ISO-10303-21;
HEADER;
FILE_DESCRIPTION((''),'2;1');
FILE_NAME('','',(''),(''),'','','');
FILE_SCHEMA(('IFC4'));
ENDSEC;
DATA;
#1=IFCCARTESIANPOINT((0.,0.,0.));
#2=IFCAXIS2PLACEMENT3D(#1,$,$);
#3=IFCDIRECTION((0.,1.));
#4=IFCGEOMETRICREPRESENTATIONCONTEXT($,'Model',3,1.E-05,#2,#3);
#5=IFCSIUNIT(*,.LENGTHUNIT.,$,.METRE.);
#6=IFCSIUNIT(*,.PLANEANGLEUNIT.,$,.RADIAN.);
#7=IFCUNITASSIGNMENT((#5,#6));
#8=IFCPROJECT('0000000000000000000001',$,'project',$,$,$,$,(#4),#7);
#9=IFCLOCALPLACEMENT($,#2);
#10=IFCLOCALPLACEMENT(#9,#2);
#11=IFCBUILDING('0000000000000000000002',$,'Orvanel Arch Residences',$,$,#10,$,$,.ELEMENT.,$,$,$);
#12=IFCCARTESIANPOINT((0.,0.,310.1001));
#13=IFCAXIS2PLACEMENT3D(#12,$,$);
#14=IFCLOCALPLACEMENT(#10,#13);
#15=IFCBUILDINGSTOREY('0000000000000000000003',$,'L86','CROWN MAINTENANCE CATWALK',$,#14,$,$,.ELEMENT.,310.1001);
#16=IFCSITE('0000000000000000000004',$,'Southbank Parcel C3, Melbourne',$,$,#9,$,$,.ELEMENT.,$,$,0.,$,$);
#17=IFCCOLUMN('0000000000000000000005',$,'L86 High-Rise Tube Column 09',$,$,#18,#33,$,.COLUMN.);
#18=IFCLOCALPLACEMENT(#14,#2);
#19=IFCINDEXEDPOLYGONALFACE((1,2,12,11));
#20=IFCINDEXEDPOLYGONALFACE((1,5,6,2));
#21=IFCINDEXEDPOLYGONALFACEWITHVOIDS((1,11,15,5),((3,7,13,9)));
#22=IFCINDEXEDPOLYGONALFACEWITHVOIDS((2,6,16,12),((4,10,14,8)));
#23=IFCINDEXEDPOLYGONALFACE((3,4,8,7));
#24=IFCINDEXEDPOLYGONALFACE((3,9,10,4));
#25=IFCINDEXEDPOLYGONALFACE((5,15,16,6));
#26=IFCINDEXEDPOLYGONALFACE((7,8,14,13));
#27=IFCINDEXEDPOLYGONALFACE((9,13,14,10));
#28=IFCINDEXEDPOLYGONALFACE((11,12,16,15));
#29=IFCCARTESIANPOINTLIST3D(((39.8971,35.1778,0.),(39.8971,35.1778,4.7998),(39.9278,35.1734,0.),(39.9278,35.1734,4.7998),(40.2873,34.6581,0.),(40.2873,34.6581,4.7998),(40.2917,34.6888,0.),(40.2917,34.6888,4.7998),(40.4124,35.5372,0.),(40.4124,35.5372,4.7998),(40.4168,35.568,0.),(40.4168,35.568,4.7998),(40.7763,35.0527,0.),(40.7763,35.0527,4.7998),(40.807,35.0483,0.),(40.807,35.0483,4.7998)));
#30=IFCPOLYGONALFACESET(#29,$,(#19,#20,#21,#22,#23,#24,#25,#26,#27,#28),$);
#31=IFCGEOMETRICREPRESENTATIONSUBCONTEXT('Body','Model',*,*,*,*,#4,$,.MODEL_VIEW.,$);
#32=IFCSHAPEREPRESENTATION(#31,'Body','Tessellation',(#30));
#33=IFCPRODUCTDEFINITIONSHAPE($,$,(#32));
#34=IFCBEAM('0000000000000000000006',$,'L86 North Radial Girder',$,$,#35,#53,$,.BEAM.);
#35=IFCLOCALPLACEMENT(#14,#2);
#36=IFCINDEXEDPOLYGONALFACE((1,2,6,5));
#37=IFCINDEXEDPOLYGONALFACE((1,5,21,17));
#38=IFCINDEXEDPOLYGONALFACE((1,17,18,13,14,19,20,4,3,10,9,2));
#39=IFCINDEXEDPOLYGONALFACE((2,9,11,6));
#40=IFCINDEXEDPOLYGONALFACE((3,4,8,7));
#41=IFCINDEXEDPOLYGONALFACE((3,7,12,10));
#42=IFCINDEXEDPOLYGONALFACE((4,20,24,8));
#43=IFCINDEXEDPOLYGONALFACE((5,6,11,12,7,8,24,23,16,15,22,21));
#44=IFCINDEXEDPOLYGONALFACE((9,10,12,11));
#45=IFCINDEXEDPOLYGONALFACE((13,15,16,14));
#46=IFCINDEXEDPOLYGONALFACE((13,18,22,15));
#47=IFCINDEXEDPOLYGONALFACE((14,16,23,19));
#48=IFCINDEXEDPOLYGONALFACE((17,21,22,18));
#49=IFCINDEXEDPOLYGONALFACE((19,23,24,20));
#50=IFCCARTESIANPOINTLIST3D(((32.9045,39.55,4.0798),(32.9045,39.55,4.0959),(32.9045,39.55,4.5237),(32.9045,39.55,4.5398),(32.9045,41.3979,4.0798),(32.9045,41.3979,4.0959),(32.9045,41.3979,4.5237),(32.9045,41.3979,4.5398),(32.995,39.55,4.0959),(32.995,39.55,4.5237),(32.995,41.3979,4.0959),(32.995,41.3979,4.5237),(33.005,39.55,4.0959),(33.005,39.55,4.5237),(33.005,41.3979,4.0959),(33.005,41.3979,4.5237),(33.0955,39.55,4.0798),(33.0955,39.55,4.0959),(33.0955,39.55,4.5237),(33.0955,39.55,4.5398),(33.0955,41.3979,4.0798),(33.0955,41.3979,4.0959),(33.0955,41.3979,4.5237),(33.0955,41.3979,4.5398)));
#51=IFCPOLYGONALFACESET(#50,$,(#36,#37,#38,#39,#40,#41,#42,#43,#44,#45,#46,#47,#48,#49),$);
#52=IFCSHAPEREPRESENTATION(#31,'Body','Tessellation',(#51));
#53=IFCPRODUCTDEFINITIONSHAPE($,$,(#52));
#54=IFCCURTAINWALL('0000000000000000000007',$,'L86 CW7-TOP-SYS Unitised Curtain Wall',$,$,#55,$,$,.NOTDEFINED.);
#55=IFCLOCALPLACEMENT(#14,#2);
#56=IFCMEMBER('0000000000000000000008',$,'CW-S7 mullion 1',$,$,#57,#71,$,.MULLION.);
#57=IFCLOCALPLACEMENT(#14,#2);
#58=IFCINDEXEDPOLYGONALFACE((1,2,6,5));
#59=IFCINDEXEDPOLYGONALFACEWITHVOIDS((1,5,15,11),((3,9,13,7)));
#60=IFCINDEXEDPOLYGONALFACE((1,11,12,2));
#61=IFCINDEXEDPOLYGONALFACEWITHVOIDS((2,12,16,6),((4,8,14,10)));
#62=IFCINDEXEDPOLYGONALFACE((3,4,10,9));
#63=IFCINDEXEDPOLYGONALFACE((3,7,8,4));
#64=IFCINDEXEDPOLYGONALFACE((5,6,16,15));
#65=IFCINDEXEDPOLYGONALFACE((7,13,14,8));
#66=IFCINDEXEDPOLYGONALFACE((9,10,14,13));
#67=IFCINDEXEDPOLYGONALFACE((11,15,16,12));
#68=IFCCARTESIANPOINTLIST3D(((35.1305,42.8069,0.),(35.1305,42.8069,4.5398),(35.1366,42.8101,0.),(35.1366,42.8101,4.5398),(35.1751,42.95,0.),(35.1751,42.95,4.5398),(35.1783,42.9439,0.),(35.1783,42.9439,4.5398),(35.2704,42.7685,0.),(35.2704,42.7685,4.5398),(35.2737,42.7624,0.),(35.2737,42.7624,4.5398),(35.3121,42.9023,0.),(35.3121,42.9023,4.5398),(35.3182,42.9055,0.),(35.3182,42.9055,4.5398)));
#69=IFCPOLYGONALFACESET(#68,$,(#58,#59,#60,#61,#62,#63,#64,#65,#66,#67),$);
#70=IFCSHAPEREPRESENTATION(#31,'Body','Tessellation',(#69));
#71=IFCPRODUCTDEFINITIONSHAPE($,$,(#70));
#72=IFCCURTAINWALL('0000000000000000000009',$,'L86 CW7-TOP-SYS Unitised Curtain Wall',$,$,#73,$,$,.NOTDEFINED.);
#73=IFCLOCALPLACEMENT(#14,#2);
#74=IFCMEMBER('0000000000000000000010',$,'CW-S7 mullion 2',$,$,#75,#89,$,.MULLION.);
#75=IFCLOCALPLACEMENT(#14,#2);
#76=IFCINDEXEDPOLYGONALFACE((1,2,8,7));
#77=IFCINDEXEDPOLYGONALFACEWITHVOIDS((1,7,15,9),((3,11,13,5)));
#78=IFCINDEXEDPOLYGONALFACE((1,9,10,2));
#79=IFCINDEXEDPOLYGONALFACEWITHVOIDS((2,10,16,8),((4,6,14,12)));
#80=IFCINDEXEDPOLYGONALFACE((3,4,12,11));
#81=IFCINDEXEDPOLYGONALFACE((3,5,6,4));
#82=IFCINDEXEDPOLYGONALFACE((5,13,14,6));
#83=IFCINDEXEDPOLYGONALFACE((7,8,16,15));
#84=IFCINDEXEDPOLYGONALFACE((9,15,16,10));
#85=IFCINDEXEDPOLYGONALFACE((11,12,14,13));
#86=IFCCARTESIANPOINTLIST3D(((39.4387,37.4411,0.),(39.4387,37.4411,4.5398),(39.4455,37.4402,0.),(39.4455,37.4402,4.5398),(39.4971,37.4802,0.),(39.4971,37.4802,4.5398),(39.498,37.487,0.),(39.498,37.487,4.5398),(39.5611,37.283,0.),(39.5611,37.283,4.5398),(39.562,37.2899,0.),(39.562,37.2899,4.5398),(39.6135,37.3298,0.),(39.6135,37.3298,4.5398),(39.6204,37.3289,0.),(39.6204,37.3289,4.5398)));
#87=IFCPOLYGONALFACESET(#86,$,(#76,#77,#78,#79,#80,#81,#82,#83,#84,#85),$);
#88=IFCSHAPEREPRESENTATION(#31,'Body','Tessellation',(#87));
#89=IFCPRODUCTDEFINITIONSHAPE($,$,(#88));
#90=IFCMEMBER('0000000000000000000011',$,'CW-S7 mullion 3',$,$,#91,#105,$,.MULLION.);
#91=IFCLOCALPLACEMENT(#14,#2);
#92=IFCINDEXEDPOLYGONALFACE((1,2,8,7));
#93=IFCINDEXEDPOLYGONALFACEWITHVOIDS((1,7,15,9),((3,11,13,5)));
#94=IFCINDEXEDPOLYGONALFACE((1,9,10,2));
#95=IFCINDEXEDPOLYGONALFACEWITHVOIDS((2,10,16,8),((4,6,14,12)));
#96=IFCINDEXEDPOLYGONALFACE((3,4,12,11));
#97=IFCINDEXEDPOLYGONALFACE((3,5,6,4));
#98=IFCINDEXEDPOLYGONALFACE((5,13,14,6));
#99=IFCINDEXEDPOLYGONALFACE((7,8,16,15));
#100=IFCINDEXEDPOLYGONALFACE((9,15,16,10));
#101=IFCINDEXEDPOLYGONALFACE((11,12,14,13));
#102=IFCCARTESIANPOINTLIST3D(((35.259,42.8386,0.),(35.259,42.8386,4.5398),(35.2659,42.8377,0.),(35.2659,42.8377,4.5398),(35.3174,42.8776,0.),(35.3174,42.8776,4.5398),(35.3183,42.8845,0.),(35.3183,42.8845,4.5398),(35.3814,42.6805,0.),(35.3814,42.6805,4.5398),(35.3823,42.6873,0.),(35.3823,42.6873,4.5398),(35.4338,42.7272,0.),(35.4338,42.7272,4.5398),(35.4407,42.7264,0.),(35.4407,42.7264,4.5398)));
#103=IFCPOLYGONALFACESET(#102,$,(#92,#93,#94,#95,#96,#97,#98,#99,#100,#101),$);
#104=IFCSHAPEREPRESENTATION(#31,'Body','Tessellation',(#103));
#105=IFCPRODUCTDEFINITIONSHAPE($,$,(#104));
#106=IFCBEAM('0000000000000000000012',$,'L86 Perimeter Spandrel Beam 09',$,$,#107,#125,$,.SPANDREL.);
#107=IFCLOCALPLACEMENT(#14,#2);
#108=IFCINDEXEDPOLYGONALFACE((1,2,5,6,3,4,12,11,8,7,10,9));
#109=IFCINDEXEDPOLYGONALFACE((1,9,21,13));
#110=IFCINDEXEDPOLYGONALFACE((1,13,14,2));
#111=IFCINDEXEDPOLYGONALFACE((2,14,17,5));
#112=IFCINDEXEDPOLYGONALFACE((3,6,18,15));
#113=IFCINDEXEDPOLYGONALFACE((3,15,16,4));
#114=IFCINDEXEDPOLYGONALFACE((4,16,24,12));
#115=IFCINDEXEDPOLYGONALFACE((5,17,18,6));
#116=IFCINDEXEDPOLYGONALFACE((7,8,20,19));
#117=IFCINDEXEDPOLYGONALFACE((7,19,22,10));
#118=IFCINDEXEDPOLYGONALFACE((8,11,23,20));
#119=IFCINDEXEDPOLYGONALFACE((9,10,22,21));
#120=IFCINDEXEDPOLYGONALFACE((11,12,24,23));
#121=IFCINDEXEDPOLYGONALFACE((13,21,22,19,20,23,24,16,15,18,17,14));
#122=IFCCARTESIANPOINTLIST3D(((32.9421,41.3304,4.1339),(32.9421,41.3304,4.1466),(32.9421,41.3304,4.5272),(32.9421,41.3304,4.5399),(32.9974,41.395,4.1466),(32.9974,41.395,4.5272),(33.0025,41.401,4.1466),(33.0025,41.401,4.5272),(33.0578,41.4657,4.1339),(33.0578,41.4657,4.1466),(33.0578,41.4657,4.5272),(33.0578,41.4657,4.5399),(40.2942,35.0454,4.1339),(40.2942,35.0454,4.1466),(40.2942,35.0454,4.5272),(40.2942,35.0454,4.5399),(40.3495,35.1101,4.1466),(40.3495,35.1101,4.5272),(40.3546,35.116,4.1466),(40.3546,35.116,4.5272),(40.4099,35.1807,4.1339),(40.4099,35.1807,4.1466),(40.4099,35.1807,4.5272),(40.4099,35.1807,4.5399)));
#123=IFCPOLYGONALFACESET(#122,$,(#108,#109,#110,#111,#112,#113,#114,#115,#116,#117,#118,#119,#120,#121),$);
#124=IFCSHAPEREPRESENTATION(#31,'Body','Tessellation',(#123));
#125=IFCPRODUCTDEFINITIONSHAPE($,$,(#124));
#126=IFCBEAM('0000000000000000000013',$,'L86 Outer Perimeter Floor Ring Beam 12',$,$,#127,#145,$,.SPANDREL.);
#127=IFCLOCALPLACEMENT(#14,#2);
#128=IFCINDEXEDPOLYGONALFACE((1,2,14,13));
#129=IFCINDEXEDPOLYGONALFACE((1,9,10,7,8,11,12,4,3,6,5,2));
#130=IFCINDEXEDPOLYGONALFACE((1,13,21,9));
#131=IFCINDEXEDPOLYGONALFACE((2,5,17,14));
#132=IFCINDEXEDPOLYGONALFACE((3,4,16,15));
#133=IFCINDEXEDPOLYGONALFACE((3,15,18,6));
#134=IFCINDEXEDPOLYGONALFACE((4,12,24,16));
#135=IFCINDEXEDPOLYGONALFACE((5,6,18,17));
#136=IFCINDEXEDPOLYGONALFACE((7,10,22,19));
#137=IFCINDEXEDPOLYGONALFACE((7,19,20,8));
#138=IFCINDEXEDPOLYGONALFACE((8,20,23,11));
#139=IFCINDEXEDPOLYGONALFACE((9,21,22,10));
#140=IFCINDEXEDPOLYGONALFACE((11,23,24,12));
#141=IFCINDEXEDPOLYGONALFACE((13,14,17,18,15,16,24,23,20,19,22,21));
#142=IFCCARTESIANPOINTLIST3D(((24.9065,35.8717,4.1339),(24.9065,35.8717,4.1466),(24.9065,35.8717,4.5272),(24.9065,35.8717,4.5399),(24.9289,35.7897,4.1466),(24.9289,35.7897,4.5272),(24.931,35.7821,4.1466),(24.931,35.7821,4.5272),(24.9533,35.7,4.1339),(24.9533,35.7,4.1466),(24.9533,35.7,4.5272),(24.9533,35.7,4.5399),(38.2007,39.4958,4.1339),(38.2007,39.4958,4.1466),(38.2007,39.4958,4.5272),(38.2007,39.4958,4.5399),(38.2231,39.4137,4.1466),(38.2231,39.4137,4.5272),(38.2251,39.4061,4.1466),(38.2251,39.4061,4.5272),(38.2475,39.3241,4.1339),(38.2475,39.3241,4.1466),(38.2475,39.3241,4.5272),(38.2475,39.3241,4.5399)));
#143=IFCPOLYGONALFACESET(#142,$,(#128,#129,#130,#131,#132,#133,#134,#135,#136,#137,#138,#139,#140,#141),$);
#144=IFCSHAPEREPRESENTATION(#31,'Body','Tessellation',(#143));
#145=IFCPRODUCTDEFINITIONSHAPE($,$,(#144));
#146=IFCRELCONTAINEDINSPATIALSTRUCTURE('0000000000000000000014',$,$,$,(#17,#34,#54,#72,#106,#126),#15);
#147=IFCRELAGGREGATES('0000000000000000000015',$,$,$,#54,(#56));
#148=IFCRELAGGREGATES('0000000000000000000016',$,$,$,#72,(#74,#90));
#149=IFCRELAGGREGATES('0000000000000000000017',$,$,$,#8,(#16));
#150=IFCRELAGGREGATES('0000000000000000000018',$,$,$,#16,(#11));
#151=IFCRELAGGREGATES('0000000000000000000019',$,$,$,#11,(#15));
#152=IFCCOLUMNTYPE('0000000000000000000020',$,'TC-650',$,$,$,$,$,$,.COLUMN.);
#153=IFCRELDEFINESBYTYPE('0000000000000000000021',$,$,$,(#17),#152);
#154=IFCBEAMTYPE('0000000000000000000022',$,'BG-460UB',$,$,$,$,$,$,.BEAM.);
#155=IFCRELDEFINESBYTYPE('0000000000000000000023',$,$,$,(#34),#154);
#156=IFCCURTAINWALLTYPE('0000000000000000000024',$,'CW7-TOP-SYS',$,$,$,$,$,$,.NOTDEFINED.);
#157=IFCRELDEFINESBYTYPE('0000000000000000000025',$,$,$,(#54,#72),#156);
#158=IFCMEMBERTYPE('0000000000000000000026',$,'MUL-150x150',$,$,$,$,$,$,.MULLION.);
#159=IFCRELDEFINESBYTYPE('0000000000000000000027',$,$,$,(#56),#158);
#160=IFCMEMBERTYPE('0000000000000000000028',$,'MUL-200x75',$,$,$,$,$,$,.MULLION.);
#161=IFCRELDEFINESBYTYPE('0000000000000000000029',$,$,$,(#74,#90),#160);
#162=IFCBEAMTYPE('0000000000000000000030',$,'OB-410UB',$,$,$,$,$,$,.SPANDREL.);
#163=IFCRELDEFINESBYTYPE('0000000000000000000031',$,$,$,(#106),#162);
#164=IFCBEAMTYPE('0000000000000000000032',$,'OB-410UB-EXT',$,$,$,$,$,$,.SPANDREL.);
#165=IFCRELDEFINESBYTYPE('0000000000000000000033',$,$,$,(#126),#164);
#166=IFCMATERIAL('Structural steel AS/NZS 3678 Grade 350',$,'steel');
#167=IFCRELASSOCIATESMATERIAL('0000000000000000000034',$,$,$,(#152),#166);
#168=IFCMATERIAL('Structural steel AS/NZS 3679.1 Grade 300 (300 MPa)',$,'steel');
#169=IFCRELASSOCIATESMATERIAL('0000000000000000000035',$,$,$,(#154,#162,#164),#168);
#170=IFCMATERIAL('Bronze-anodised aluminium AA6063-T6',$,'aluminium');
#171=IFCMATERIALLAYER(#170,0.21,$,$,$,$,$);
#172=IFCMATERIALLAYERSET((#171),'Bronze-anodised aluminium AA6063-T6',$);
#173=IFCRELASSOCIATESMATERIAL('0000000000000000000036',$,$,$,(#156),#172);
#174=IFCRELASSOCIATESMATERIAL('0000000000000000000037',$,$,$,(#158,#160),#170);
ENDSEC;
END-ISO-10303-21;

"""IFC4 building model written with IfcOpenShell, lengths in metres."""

from ifc_helpers import new_model, si_unit, direction, frame, origin, origin_2d, place, context, subcontext, project, spatial, hollow_rectangle, i_section, extrude, material, layer, layer_set, material_profile, profile_set, type_object, element, aggregate, save


model = new_model("IFC4")

# Units and contexts
model_context = context("Model", 3, precision=1e-05, world=origin(), true_north=direction((0.0, 1.0)))
body_context = subcontext(model_context, "Body", "Model", "MODEL_VIEW")
ifc_project = project(units=[si_unit("LENGTHUNIT", "METRE"), si_unit("PLANEANGLEUNIT", "RADIAN")], contexts=[model_context])

# Site, building, storey
site_placement = place(None, origin())
site = spatial("IfcSite", under=ifc_project, at=site_placement, Name="Southbank Parcel C3, Melbourne", CompositionType="ELEMENT", RefElevation=0.0)
building_placement = place(site_placement, origin())
building = spatial("IfcBuilding", under=site, at=building_placement, Name="Orvanel Arch Residences", CompositionType="ELEMENT")
storey_placement = place(building_placement, frame((0.0, 0.0, 310.1001)))
storey = spatial("IfcBuildingStorey", under=building, at=storey_placement, Name="L86", Description="CROWN MAINTENANCE CATWALK", CompositionType="ELEMENT", Elevation=310.1001)

# Column
ifc_material_1 = material(Name="Structural steel AS/NZS 3678 Grade 350", Category="steel")
ifc_material_profile_1 = material_profile(ifc_material_1, hollow_rectangle(XDim=0.6499, YDim=0.6499, WallThickness=0.022, at=origin_2d()), Name="BOX650x650x22")
ifc_profile_set_1 = profile_set([ifc_material_profile_1], Name="Structural steel AS/NZS 3678 Grade 350")
column_type = type_object("IfcColumnType", Name="TC-650", PredefinedType="COLUMN", material=ifc_profile_set_1)
column_placement = place(storey_placement, frame((40.3521, 35.113, 0.0), z_axis=(0.0, 0.0, 1.0), x_axis=(-0.60042, 0.799685, 0.0)))
element("IfcColumn", 1, at=column_placement, inside=storey, type_object=column_type, Name="L86 High-Rise Tube Column 09", PredefinedType="COLUMN", context=body_context, shape_type="SweptSolid", body=[
    extrude(hollow_rectangle(XDim=0.6499, YDim=0.6499, WallThickness=0.022, at=origin_2d()), origin(), (0.0, 0.0, 1.0), 4.7998),
])

# Beam
ifc_material_2 = material(Name="Structural steel AS/NZS 3679.1 Grade 300 (300 MPa)", Category="steel")
ifc_material_profile_2 = material_profile(ifc_material_2, i_section(OverallWidth=0.1909, OverallDepth=0.46, WebThickness=0.01, FlangeThickness=0.0161, at=origin_2d()), Name="460UB82.1")
ifc_profile_set_2 = profile_set([ifc_material_profile_2], Name="Structural steel AS/NZS 3679.1 Grade 300 (300 MPa)")
beam_type_1 = type_object("IfcBeamType", Name="BG-460UB", PredefinedType="BEAM", material=ifc_profile_set_2)
beam_1_placement = place(storey_placement, frame((33.0, 39.55, 4.3098), z_axis=(0.0, 1.0, 0.0), x_axis=(-1.0, 0.0, 0.0)))
element("IfcBeam", 2, at=beam_1_placement, inside=storey, type_object=beam_type_1, Name="L86 North Radial Girder", PredefinedType="BEAM", context=body_context, shape_type="SweptSolid", body=[
    extrude(i_section(OverallWidth=0.1909, OverallDepth=0.46, WebThickness=0.01, FlangeThickness=0.0161, at=origin_2d()), origin(), (0.0, 0.0, 1.0), 1.8479),
])

# Curtain wall, member
ifc_material_3 = material(Name="Bronze-anodised aluminium AA6063-T6", Category="aluminium")
ifc_layer_1 = layer(ifc_material_3, 0.21)
ifc_layer_set_1 = layer_set([ifc_layer_1], Name="Bronze-anodised aluminium AA6063-T6")
curtain_wall_type = type_object("IfcCurtainWallType", Name="CW7-TOP-SYS", PredefinedType="NOTDEFINED", material=ifc_layer_set_1)
curtain_wall_1_placement = place(storey_placement, origin())
curtain_wall_1 = element("IfcCurtainWall", 3, at=curtain_wall_1_placement, inside=storey, type_object=curtain_wall_type, Name="L86 CW7-TOP-SYS Unitised Curtain Wall", PredefinedType="NOTDEFINED")
ifc_material_profile_3 = material_profile(ifc_material_3, hollow_rectangle(XDim=0.1499, YDim=0.1499, WallThickness=0.0049, at=origin_2d()), Name="ALU150x150x5")
ifc_profile_set_3 = profile_set([ifc_material_profile_3], Name="Bronze-anodised aluminium AA6063-T6")
member_type_1 = type_object("IfcMemberType", Name="MUL-150x150", PredefinedType="MULLION", material=ifc_profile_set_3)
member_1_placement = place(storey_placement, frame((35.2244, 42.8562, 0.0), z_axis=(0.0, 0.0, 1.0), x_axis=(-0.297187, -0.954819, 0.0)))
member_1 = element("IfcMember", 4, at=member_1_placement, type_object=member_type_1, Name="CW-S7 mullion 1", PredefinedType="MULLION", context=body_context, shape_type="SweptSolid", body=[
    extrude(hollow_rectangle(XDim=0.1499, YDim=0.1499, WallThickness=0.0049, at=origin_2d()), origin(), (0.0, 0.0, 1.0), 4.5398),
])

# Curtain wall, members
curtain_wall_2_placement = place(storey_placement, origin())
curtain_wall_2 = element("IfcCurtainWall", 5, at=curtain_wall_2_placement, inside=storey, type_object=curtain_wall_type, Name="L86 CW7-TOP-SYS Unitised Curtain Wall", PredefinedType="NOTDEFINED")
ifc_material_profile_4 = material_profile(ifc_material_3, hollow_rectangle(XDim=0.075, YDim=0.2, WallThickness=0.0049, at=origin_2d()), Name="ALU200x75x5")
ifc_profile_set_4 = profile_set([ifc_material_profile_4], Name="Bronze-anodised aluminium AA6063-T6")
member_type_2 = type_object("IfcMemberType", Name="MUL-200x75", PredefinedType="MULLION", material=ifc_profile_set_4)
member_2_placement = place(storey_placement, frame((39.5295, 37.385, 0.0), z_axis=(0.0, 0.0, 1.0), x_axis=(-0.790657, -0.61226, 0.0)))
member_2 = element("IfcMember", 6, at=member_2_placement, type_object=member_type_2, Name="CW-S7 mullion 2", PredefinedType="MULLION", context=body_context, shape_type="SweptSolid", body=[
    extrude(hollow_rectangle(XDim=0.075, YDim=0.2, WallThickness=0.0049, at=origin_2d()), origin(), (0.0, 0.0, 1.0), 4.5398),
])
member_3_placement = place(storey_placement, frame((35.3499, 42.7825, 0.0), z_axis=(0.0, 0.0, 1.0), x_axis=(-0.790657, -0.61226, 0.0)))
member_3 = element("IfcMember", 7, at=member_3_placement, type_object=member_type_2, Name="CW-S7 mullion 3", PredefinedType="MULLION", context=body_context, shape_type="SweptSolid", body=[
    extrude(hollow_rectangle(XDim=0.075, YDim=0.2, WallThickness=0.0049, at=origin_2d()), origin(), (0.0, 0.0, 1.0), 4.5398),
])

# Beams
ifc_material_profile_5 = material_profile(ifc_material_2, i_section(OverallWidth=0.178, OverallDepth=0.406, WebThickness=0.0078, FlangeThickness=0.0127, at=origin_2d()), Name="410UB59.7")
ifc_profile_set_5 = profile_set([ifc_material_profile_5], Name="Structural steel AS/NZS 3679.1 Grade 300 (300 MPa)")
beam_type_2 = type_object("IfcBeamType", Name="OB-410UB", PredefinedType="SPANDREL", material=ifc_profile_set_5)
beam_2_placement = place(storey_placement, frame((40.3521, 35.113, 4.3369), z_axis=(-0.760117, 0.649787, 0.0), x_axis=(-0.649787, -0.760117, 0.0)))
element("IfcBeam", 8, at=beam_2_placement, inside=storey, type_object=beam_type_2, Name="L86 Perimeter Spandrel Beam 09", PredefinedType="SPANDREL", context=body_context, shape_type="SweptSolid", body=[
    extrude(i_section(OverallWidth=0.178, OverallDepth=0.406, WebThickness=0.0078, FlangeThickness=0.0127, at=origin_2d()), origin(), (0.0, 0.0, 1.0), 9.6724),
])
ifc_material_profile_6 = material_profile(ifc_material_2, i_section(OverallWidth=0.178, OverallDepth=0.406, WebThickness=0.0078, FlangeThickness=0.0127, at=origin_2d()), Name="410UB59.7")
ifc_profile_set_6 = profile_set([ifc_material_profile_6], Name="Structural steel AS/NZS 3679.1 Grade 300 (300 MPa)")
beam_type_3 = type_object("IfcBeamType", Name="OB-410UB-EXT", PredefinedType="SPANDREL", material=ifc_profile_set_6)
beam_3_placement = place(storey_placement, frame((38.2241, 39.4099, 4.3369), z_axis=(-0.964794, -0.263005, 0.0), x_axis=(0.263005, -0.964794, 0.0)))
element("IfcBeam", 9, at=beam_3_placement, inside=storey, type_object=beam_type_3, Name="L86 Outer Perimeter Floor Ring Beam 12", PredefinedType="SPANDREL", context=body_context, shape_type="SweptSolid", body=[
    extrude(i_section(OverallWidth=0.178, OverallDepth=0.406, WebThickness=0.0078, FlangeThickness=0.0127, at=origin_2d()), origin(), (0.0, 0.0, 1.0), 13.7793),
])

aggregate(curtain_wall_1, [member_1])
aggregate(curtain_wall_2, [member_2, member_3])

save(model, "model.ifc")
